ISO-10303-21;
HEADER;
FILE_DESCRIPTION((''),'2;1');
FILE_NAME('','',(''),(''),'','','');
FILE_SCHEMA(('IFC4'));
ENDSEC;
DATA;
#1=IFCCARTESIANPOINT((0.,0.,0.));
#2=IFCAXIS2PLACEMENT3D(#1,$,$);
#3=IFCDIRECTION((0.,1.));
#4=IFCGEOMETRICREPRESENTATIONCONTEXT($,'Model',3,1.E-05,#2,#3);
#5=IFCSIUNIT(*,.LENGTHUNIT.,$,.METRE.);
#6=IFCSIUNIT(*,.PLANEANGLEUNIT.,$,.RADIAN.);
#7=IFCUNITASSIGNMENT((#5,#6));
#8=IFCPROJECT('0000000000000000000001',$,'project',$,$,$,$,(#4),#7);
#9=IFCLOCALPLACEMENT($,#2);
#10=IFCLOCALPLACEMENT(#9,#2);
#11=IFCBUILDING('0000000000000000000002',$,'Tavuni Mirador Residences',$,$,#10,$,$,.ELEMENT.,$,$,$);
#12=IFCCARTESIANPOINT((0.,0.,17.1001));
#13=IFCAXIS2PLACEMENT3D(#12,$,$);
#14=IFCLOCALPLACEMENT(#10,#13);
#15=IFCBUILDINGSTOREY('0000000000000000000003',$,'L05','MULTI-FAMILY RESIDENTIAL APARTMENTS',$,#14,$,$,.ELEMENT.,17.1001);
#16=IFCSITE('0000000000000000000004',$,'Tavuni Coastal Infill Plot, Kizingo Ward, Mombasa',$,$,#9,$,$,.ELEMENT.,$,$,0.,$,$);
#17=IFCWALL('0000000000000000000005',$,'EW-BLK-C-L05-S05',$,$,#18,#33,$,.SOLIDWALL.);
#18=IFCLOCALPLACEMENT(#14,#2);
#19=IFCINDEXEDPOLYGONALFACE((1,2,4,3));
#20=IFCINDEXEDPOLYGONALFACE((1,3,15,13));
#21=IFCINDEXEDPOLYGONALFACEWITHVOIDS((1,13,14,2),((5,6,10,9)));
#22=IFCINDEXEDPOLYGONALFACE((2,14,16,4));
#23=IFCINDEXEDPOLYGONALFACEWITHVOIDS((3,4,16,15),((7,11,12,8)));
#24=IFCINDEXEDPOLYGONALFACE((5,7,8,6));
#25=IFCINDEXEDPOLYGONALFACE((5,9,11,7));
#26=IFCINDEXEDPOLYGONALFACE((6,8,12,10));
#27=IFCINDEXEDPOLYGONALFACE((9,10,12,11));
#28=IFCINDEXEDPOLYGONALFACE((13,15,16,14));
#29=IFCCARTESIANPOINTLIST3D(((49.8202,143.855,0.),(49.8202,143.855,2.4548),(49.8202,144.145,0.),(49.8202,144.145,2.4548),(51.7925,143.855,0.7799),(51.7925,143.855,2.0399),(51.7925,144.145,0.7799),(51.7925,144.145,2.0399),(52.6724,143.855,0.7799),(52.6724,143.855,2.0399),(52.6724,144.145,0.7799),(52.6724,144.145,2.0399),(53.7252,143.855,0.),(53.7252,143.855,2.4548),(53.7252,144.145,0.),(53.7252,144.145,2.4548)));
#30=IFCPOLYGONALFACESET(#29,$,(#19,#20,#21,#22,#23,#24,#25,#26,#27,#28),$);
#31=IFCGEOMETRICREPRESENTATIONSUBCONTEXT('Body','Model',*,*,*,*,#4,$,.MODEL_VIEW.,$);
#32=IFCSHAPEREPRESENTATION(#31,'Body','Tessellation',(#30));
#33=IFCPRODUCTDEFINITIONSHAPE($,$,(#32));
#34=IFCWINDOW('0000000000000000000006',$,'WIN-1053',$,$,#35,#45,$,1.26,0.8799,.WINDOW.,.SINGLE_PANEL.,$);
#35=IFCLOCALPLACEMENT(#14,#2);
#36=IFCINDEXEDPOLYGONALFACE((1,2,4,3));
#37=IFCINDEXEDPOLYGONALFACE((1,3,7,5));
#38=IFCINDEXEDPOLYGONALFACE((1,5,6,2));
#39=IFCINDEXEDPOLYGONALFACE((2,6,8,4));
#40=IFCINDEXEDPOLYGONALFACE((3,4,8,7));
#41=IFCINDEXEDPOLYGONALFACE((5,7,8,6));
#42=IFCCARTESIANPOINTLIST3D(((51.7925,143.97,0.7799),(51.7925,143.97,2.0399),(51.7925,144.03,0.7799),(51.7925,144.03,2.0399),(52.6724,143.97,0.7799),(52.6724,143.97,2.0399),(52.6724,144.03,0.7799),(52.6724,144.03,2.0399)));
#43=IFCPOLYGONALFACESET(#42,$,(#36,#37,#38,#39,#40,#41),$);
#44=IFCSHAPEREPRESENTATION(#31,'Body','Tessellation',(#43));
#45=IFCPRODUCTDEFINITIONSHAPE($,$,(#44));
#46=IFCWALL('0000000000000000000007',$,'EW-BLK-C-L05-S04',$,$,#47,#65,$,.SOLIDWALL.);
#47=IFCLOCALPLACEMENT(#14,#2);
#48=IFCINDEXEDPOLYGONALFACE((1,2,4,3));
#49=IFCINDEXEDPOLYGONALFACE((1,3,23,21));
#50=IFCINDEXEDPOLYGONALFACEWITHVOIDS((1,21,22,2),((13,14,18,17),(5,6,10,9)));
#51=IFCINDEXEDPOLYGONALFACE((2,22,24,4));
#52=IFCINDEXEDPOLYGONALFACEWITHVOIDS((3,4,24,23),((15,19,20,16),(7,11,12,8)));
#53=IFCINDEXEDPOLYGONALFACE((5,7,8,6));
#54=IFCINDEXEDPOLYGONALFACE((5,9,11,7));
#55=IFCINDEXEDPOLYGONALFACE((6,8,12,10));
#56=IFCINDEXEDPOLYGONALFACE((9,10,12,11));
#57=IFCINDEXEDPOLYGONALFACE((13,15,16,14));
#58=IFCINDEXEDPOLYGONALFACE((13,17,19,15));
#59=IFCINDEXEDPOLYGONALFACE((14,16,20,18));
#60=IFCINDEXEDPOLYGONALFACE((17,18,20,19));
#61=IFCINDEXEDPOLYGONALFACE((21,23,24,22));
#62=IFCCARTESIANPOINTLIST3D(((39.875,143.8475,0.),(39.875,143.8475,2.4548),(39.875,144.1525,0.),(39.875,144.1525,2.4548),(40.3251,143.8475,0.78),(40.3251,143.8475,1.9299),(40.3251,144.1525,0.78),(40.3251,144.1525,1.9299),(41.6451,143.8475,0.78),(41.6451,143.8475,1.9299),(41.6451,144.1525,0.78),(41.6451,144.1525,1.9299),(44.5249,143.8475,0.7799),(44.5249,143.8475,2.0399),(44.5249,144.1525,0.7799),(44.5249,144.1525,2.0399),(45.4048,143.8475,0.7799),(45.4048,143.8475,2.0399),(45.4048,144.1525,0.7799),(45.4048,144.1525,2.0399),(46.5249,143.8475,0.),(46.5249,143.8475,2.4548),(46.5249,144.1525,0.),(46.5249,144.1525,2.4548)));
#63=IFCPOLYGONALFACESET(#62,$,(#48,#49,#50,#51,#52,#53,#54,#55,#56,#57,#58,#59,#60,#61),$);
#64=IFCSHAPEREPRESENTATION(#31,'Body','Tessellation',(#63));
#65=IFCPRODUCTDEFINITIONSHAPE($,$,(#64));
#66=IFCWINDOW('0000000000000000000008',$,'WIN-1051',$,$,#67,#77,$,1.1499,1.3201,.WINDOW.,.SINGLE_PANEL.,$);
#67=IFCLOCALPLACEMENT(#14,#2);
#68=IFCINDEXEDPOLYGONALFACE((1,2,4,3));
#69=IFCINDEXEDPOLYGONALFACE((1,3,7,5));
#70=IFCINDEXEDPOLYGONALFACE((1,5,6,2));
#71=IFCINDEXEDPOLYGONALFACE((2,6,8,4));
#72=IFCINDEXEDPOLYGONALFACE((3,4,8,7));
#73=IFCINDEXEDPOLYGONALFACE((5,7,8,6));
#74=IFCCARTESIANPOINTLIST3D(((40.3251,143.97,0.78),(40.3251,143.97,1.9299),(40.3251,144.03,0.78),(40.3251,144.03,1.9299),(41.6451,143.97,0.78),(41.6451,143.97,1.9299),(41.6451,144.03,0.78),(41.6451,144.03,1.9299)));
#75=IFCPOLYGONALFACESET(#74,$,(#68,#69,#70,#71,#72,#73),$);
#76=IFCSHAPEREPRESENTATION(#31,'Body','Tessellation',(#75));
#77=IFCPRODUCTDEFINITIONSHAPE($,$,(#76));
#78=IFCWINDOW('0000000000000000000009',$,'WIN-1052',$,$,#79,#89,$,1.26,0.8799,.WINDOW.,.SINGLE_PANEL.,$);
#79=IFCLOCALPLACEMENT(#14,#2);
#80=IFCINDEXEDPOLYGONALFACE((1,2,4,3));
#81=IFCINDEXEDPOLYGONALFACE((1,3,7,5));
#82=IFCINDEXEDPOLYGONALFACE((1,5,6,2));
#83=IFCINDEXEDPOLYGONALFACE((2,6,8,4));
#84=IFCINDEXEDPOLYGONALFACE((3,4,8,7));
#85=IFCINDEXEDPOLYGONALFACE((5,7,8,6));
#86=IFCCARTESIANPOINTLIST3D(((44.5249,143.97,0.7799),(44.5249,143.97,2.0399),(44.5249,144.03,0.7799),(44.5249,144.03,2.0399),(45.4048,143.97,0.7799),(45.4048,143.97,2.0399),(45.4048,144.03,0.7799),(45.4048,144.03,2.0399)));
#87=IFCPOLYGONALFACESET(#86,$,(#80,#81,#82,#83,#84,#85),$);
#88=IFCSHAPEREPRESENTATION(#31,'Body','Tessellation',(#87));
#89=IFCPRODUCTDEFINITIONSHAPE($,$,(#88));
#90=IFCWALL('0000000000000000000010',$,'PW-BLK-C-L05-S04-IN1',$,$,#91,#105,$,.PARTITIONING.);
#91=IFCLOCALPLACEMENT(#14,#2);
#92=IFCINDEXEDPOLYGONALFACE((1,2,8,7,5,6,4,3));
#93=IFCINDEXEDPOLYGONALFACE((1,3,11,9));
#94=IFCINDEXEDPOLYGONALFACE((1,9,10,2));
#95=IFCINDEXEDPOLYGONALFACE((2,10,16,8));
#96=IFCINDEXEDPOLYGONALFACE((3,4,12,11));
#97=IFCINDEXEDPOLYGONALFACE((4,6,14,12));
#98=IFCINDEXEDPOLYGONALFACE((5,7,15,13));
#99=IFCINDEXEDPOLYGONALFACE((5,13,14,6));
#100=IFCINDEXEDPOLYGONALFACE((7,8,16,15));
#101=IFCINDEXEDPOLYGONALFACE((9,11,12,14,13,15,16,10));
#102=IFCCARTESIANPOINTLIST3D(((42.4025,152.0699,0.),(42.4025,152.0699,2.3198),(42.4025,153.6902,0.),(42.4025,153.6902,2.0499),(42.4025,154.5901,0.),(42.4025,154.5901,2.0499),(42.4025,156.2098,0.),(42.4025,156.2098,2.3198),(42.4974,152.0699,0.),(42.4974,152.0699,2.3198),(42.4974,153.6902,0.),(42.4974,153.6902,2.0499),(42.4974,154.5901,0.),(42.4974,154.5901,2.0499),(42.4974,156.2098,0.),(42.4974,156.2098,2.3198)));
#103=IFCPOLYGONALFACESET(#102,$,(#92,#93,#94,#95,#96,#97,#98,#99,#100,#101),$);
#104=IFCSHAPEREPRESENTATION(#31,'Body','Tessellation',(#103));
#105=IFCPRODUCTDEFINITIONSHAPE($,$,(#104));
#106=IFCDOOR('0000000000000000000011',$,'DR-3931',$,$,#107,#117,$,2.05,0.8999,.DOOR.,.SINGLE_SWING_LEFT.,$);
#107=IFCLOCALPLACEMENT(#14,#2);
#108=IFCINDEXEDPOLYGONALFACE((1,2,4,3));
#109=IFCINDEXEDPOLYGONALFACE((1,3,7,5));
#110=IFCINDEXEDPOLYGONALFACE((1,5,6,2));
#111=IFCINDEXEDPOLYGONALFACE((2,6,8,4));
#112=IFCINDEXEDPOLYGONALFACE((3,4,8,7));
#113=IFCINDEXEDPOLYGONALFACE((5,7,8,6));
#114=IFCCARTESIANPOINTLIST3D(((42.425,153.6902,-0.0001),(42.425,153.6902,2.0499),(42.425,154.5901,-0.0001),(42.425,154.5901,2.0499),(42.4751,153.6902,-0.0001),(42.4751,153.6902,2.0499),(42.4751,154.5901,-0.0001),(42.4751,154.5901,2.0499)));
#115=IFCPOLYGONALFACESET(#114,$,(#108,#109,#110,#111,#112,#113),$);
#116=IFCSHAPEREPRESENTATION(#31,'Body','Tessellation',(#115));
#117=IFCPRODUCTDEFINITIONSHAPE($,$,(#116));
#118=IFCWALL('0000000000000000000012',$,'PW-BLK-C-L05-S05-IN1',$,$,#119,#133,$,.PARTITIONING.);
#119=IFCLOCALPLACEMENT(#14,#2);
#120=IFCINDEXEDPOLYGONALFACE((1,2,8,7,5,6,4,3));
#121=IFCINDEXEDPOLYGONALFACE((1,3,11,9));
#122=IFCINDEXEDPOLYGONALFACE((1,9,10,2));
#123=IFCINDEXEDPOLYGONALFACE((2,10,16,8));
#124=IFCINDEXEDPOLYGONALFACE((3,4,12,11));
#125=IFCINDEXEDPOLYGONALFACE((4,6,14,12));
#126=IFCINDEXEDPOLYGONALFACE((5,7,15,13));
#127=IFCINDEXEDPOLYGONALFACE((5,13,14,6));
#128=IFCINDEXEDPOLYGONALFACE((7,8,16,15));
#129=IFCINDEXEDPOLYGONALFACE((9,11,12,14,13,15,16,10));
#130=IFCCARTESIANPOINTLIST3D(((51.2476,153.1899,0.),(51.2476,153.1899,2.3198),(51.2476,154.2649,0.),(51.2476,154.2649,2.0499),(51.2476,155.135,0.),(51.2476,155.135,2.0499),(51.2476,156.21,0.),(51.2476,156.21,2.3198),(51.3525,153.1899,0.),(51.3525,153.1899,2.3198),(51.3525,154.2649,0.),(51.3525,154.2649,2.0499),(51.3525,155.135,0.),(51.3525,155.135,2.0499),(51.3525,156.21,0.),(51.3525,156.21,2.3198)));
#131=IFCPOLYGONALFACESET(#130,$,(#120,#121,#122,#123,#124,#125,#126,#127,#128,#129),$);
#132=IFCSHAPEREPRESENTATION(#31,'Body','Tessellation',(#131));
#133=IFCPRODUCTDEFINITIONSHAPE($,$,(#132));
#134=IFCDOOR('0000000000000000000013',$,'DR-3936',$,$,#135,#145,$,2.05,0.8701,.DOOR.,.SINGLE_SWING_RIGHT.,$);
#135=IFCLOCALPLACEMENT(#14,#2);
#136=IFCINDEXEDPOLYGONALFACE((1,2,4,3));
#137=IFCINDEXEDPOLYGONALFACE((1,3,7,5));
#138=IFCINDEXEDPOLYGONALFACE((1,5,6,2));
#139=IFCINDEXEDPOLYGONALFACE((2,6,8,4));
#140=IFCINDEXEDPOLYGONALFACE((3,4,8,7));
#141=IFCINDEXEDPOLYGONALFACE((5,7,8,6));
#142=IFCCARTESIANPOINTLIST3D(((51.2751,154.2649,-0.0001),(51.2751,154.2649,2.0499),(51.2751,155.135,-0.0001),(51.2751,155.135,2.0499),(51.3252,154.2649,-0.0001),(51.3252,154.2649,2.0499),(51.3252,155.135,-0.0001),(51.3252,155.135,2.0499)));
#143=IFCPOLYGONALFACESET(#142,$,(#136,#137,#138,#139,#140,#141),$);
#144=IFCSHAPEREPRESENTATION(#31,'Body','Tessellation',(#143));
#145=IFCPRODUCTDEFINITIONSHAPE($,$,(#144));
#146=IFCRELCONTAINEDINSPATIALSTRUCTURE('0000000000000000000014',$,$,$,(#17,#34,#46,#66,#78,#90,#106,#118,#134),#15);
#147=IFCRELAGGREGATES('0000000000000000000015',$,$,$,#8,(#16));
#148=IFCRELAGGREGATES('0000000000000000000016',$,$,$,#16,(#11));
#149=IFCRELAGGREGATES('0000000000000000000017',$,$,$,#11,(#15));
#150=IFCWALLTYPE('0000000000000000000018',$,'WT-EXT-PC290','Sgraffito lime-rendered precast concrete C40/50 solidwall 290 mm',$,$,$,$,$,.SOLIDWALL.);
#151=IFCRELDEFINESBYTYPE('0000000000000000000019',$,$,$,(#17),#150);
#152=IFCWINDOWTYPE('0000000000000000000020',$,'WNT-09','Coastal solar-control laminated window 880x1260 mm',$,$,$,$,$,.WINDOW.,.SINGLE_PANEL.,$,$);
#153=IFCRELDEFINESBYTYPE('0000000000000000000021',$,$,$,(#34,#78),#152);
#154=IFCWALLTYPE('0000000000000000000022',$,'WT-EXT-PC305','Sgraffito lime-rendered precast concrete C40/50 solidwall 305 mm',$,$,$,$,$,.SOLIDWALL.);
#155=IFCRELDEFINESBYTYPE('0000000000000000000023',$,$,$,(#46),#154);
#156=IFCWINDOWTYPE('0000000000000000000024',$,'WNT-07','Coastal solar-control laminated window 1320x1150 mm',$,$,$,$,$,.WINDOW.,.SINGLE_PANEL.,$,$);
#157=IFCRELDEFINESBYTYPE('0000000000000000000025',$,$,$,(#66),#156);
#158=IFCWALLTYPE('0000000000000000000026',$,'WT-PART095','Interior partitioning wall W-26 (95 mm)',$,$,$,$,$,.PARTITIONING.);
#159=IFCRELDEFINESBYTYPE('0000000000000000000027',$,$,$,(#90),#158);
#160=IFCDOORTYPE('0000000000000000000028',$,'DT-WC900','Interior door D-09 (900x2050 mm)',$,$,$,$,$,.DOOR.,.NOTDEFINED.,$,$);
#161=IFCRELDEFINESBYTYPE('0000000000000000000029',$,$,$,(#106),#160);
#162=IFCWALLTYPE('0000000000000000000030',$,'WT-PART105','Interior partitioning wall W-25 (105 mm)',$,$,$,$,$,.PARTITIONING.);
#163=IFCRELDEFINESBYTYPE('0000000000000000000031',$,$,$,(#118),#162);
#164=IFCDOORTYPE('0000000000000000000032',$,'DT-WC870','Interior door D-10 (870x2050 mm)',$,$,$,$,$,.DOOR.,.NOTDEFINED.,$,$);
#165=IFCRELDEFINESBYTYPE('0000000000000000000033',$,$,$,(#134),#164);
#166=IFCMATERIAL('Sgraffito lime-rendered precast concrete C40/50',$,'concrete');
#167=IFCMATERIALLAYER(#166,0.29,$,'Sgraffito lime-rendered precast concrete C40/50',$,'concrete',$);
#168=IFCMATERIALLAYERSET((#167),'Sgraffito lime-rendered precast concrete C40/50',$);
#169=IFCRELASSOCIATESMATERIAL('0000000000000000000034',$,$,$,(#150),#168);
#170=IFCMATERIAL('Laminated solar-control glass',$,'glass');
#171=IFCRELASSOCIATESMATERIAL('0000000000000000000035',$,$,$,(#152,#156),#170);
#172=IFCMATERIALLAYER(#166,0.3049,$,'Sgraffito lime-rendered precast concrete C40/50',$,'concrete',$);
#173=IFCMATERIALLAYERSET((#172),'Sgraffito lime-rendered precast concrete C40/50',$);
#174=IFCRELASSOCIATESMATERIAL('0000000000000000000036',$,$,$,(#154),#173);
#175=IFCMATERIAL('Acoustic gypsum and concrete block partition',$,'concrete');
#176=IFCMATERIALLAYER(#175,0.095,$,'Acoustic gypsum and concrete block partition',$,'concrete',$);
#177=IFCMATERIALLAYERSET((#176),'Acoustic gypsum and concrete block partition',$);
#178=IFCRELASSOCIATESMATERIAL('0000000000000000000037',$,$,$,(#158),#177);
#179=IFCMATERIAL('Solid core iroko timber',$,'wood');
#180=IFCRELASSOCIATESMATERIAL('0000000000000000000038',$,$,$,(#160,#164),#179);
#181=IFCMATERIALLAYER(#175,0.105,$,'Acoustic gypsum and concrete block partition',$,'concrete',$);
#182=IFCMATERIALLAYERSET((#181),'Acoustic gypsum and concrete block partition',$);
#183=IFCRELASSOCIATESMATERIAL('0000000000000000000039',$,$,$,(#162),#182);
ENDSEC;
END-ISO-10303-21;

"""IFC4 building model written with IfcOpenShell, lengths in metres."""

from ifc_helpers import new_model, si_unit, direction, frame, frame_2d, origin, place, context, subcontext, project, spatial, rectangle, extrude, material, layer, layer_set, type_object, element, fill, save


model = new_model("IFC4")

# Units and contexts
model_context = context("Model", 3, precision=1e-05, world=origin(), true_north=direction((0.0, 1.0)))
body_context = subcontext(model_context, "Body", "Model", "MODEL_VIEW")
ifc_project = project(units=[si_unit("LENGTHUNIT", "METRE"), si_unit("PLANEANGLEUNIT", "RADIAN")], contexts=[model_context])

# Site, building, storey
site_placement = place(None, origin())
site = spatial("IfcSite", under=ifc_project, at=site_placement, Name="Tavuni Coastal Infill Plot, Kizingo Ward, Mombasa", CompositionType="ELEMENT", RefElevation=0.0)
building_placement = place(site_placement, origin())
building = spatial("IfcBuilding", under=site, at=building_placement, Name="Tavuni Mirador Residences", CompositionType="ELEMENT")
storey_placement = place(building_placement, frame((0.0, 0.0, 17.1001)))
storey = spatial("IfcBuildingStorey", under=building, at=storey_placement, Name="L05", Description="MULTI-FAMILY RESIDENTIAL APARTMENTS", CompositionType="ELEMENT", Elevation=17.1001)

# Wall, opening, window
ifc_material_1 = material(Name="Sgraffito lime-rendered precast concrete C40/50", Category="concrete")
ifc_layer_1 = layer(ifc_material_1, 0.29, Name="Sgraffito lime-rendered precast concrete C40/50", Category="concrete")
ifc_layer_set_1 = layer_set([ifc_layer_1], Name="Sgraffito lime-rendered precast concrete C40/50")
wall_type_1 = type_object("IfcWallType", Name="WT-EXT-PC290", Description="Sgraffito lime-rendered precast concrete C40/50 solidwall 290 mm", PredefinedType="SOLIDWALL", material=ifc_layer_set_1)
wall_1_placement = place(storey_placement, frame((49.8201, 144.0, 0.0), z_axis=(0.0, 0.0, 1.0), x_axis=(1.0, 0.0, 0.0)))
wall_1 = element("IfcWall", 1, at=wall_1_placement, inside=storey, type_object=wall_type_1, Name="EW-BLK-C-L05-S05", PredefinedType="SOLIDWALL", context=body_context, shape_type="SweptSolid", body=[
    extrude(rectangle(XDim=3.905, YDim=0.29, at=frame_2d((1.9526, 0.0))), origin(), (0.0, 0.0, 1.0), 2.4548),
])
opening_1_placement = place(wall_1_placement, frame((1.9724, 0.0, 0.78)))
opening_1 = element("IfcOpeningElement", 2, at=opening_1_placement, cuts=wall_1, PredefinedType="OPENING", context=body_context, shape_type="SweptSolid", body=[
    extrude(rectangle(XDim=0.8799, YDim=1.26, at=frame_2d((0.4399, 0.6299))), frame((0.0, 0.155, 0.0), z_axis=(0.0, -1.0, 0.0), x_axis=(1.0, 0.0, 0.0)), (0.0, 0.0, 1.0), 0.3101),
])
ifc_material_2 = material(Name="Laminated solar-control glass", Category="glass")
window_type_1 = type_object("IfcWindowType", Name="WNT-09", Description="Coastal solar-control laminated window 880x1260 mm", PartitioningType="SINGLE_PANEL", PredefinedType="WINDOW", material=ifc_material_2)
window_1_placement = place(opening_1_placement, origin())
window_1 = element("IfcWindow", 3, at=window_1_placement, inside=storey, type_object=window_type_1, Name="WIN-1053", OverallHeight=1.26, OverallWidth=0.8799, PartitioningType="SINGLE_PANEL", PredefinedType="WINDOW", context=body_context, shape_type="SweptSolid", body=[
    extrude(rectangle(XDim=0.8799, YDim=1.26, at=frame_2d((0.4399, 0.6299))), frame((0.0, 0.03, 0.0), z_axis=(0.0, -1.0, 0.0), x_axis=(1.0, 0.0, 0.0)), (0.0, 0.0, 1.0), 0.0601),
])
fill(opening_1, window_1)

# Wall, openings, windows
ifc_layer_2 = layer(ifc_material_1, 0.3049, Name="Sgraffito lime-rendered precast concrete C40/50", Category="concrete")
ifc_layer_set_2 = layer_set([ifc_layer_2], Name="Sgraffito lime-rendered precast concrete C40/50")
wall_type_2 = type_object("IfcWallType", Name="WT-EXT-PC305", Description="Sgraffito lime-rendered precast concrete C40/50 solidwall 305 mm", PredefinedType="SOLIDWALL", material=ifc_layer_set_2)
wall_2_placement = place(storey_placement, frame((39.875, 144.0, 0.0), z_axis=(0.0, 0.0, 1.0), x_axis=(1.0, 0.0, 0.0)))
wall_2 = element("IfcWall", 4, at=wall_2_placement, inside=storey, type_object=wall_type_2, Name="EW-BLK-C-L05-S04", PredefinedType="SOLIDWALL", context=body_context, shape_type="SweptSolid", body=[
    extrude(rectangle(XDim=6.6499, YDim=0.3049, at=frame_2d((3.325, 0.0))), origin(), (0.0, 0.0, 1.0), 2.4548),
])
opening_2_placement = place(wall_2_placement, frame((0.45, 0.0, 0.78)))
opening_2 = element("IfcOpeningElement", 5, at=opening_2_placement, cuts=wall_2, PredefinedType="OPENING", context=body_context, shape_type="SweptSolid", body=[
    extrude(rectangle(XDim=1.3201, YDim=1.1499, at=frame_2d((0.6602, 0.575))), frame((0.0, 0.1626, 0.0), z_axis=(0.0, -1.0, 0.0), x_axis=(1.0, 0.0, 0.0)), (0.0, 0.0, 1.0), 0.325),
])
opening_3_placement = place(wall_2_placement, frame((4.6499, 0.0, 0.78)))
opening_3 = element("IfcOpeningElement", 6, at=opening_3_placement, cuts=wall_2, PredefinedType="OPENING", context=body_context, shape_type="SweptSolid", body=[
    extrude(rectangle(XDim=0.8799, YDim=1.26, at=frame_2d((0.4399, 0.6299))), frame((0.0, 0.1626, 0.0), z_axis=(0.0, -1.0, 0.0), x_axis=(1.0, 0.0, 0.0)), (0.0, 0.0, 1.0), 0.325),
])
window_type_2 = type_object("IfcWindowType", Name="WNT-07", Description="Coastal solar-control laminated window 1320x1150 mm", PartitioningType="SINGLE_PANEL", PredefinedType="WINDOW", material=ifc_material_2)
window_2_placement = place(opening_2_placement, origin())
window_2 = element("IfcWindow", 7, at=window_2_placement, inside=storey, type_object=window_type_2, Name="WIN-1051", OverallHeight=1.1499, OverallWidth=1.3201, PartitioningType="SINGLE_PANEL", PredefinedType="WINDOW", context=body_context, shape_type="SweptSolid", body=[
    extrude(rectangle(XDim=1.3201, YDim=1.1499, at=frame_2d((0.6602, 0.575))), frame((0.0, 0.03, 0.0), z_axis=(0.0, -1.0, 0.0), x_axis=(1.0, 0.0, 0.0)), (0.0, 0.0, 1.0), 0.0601),
])
fill(opening_2, window_2)
window_3_placement = place(opening_3_placement, origin())
window_3 = element("IfcWindow", 8, at=window_3_placement, inside=storey, type_object=window_type_1, Name="WIN-1052", OverallHeight=1.26, OverallWidth=0.8799, PartitioningType="SINGLE_PANEL", PredefinedType="WINDOW", context=body_context, shape_type="SweptSolid", body=[
    extrude(rectangle(XDim=0.8799, YDim=1.26, at=frame_2d((0.4399, 0.6299))), frame((0.0, 0.03, 0.0), z_axis=(0.0, -1.0, 0.0), x_axis=(1.0, 0.0, 0.0)), (0.0, 0.0, 1.0), 0.0601),
])
fill(opening_3, window_3)

# Walls, openings, doors
ifc_material_3 = material(Name="Acoustic gypsum and concrete block partition", Category="concrete")
ifc_layer_3 = layer(ifc_material_3, 0.095, Name="Acoustic gypsum and concrete block partition", Category="concrete")
ifc_layer_set_3 = layer_set([ifc_layer_3], Name="Acoustic gypsum and concrete block partition")
wall_type_3 = type_object("IfcWallType", Name="WT-PART095", Description="Interior partitioning wall W-26 (95 mm)", PredefinedType="PARTITIONING", material=ifc_layer_set_3)
wall_3_placement = place(storey_placement, frame((42.45, 152.0701, 0.0), z_axis=(0.0, 0.0, 1.0), x_axis=(0.0, 1.0, 0.0)))
wall_3 = element("IfcWall", 9, at=wall_3_placement, inside=storey, type_object=wall_type_3, Name="PW-BLK-C-L05-S04-IN1", PredefinedType="PARTITIONING", context=body_context, shape_type="SweptSolid", body=[
    extrude(rectangle(XDim=4.1399, YDim=0.095, at=frame_2d((2.0698, 0.0))), origin(), (0.0, 0.0, 1.0), 2.3198),
])
opening_4_placement = place(wall_3_placement, frame((1.6201, 0.0, 0.0)))
opening_4 = element("IfcOpeningElement", 10, at=opening_4_placement, cuts=wall_3, PredefinedType="OPENING", context=body_context, shape_type="SweptSolid", body=[
    extrude(rectangle(XDim=0.8999, YDim=2.05, at=frame_2d((0.45, 1.0249))), frame((0.0, 0.0576, 0.0), z_axis=(0.0, -1.0, 0.0), x_axis=(1.0, 0.0, 0.0)), (0.0, 0.0, 1.0), 0.115),
])
ifc_material_4 = material(Name="Solid core iroko timber", Category="wood")
door_type_1 = type_object("IfcDoorType", Name="DT-WC900", Description="Interior door D-09 (900x2050 mm)", OperationType="NOTDEFINED", PredefinedType="DOOR", material=ifc_material_4)
door_1_placement = place(opening_4_placement, origin())
door_1 = element("IfcDoor", 11, at=door_1_placement, inside=storey, type_object=door_type_1, Name="DR-3931", OperationType="SINGLE_SWING_LEFT", OverallHeight=2.05, OverallWidth=0.8999, PredefinedType="DOOR", context=body_context, shape_type="SweptSolid", body=[
    extrude(rectangle(XDim=0.8999, YDim=2.05, at=frame_2d((0.45, 1.0249))), frame((0.0, 0.0249, 0.0), z_axis=(0.0, -1.0, 0.0), x_axis=(1.0, 0.0, 0.0)), (0.0, 0.0, 1.0), 0.05),
])
fill(opening_4, door_1)
ifc_layer_4 = layer(ifc_material_3, 0.105, Name="Acoustic gypsum and concrete block partition", Category="concrete")
ifc_layer_set_4 = layer_set([ifc_layer_4], Name="Acoustic gypsum and concrete block partition")
wall_type_4 = type_object("IfcWallType", Name="WT-PART105", Description="Interior partitioning wall W-25 (105 mm)", PredefinedType="PARTITIONING", material=ifc_layer_set_4)
wall_4_placement = place(storey_placement, frame((51.3, 153.1899, 0.0), z_axis=(0.0, 0.0, 1.0), x_axis=(0.0, 1.0, 0.0)))
wall_4 = element("IfcWall", 12, at=wall_4_placement, inside=storey, type_object=wall_type_4, Name="PW-BLK-C-L05-S05-IN1", PredefinedType="PARTITIONING", context=body_context, shape_type="SweptSolid", body=[
    extrude(rectangle(XDim=3.02, YDim=0.105, at=frame_2d((1.51, 0.0))), origin(), (0.0, 0.0, 1.0), 2.3198),
])
opening_5_placement = place(wall_4_placement, frame((1.075, 0.0, 0.0)))
opening_5 = element("IfcOpeningElement", 13, at=opening_5_placement, cuts=wall_4, PredefinedType="OPENING", context=body_context, shape_type="SweptSolid", body=[
    extrude(rectangle(XDim=0.8701, YDim=2.05, at=frame_2d((0.4351, 1.0249))), frame((0.0, 0.0625, 0.0), z_axis=(0.0, -1.0, 0.0), x_axis=(1.0, 0.0, 0.0)), (0.0, 0.0, 1.0), 0.125),
])
door_type_2 = type_object("IfcDoorType", Name="DT-WC870", Description="Interior door D-10 (870x2050 mm)", OperationType="NOTDEFINED", PredefinedType="DOOR", material=ifc_material_4)
door_2_placement = place(opening_5_placement, origin())
door_2 = element("IfcDoor", 14, at=door_2_placement, inside=storey, type_object=door_type_2, Name="DR-3936", OperationType="SINGLE_SWING_RIGHT", OverallHeight=2.05, OverallWidth=0.8701, PredefinedType="DOOR", context=body_context, shape_type="SweptSolid", body=[
    extrude(rectangle(XDim=0.8701, YDim=2.05, at=frame_2d((0.4351, 1.0249))), frame((0.0, 0.0249, 0.0), z_axis=(0.0, -1.0, 0.0), x_axis=(1.0, 0.0, 0.0)), (0.0, 0.0, 1.0), 0.05),
])
fill(opening_5, door_2)

save(model, "model.ifc")
